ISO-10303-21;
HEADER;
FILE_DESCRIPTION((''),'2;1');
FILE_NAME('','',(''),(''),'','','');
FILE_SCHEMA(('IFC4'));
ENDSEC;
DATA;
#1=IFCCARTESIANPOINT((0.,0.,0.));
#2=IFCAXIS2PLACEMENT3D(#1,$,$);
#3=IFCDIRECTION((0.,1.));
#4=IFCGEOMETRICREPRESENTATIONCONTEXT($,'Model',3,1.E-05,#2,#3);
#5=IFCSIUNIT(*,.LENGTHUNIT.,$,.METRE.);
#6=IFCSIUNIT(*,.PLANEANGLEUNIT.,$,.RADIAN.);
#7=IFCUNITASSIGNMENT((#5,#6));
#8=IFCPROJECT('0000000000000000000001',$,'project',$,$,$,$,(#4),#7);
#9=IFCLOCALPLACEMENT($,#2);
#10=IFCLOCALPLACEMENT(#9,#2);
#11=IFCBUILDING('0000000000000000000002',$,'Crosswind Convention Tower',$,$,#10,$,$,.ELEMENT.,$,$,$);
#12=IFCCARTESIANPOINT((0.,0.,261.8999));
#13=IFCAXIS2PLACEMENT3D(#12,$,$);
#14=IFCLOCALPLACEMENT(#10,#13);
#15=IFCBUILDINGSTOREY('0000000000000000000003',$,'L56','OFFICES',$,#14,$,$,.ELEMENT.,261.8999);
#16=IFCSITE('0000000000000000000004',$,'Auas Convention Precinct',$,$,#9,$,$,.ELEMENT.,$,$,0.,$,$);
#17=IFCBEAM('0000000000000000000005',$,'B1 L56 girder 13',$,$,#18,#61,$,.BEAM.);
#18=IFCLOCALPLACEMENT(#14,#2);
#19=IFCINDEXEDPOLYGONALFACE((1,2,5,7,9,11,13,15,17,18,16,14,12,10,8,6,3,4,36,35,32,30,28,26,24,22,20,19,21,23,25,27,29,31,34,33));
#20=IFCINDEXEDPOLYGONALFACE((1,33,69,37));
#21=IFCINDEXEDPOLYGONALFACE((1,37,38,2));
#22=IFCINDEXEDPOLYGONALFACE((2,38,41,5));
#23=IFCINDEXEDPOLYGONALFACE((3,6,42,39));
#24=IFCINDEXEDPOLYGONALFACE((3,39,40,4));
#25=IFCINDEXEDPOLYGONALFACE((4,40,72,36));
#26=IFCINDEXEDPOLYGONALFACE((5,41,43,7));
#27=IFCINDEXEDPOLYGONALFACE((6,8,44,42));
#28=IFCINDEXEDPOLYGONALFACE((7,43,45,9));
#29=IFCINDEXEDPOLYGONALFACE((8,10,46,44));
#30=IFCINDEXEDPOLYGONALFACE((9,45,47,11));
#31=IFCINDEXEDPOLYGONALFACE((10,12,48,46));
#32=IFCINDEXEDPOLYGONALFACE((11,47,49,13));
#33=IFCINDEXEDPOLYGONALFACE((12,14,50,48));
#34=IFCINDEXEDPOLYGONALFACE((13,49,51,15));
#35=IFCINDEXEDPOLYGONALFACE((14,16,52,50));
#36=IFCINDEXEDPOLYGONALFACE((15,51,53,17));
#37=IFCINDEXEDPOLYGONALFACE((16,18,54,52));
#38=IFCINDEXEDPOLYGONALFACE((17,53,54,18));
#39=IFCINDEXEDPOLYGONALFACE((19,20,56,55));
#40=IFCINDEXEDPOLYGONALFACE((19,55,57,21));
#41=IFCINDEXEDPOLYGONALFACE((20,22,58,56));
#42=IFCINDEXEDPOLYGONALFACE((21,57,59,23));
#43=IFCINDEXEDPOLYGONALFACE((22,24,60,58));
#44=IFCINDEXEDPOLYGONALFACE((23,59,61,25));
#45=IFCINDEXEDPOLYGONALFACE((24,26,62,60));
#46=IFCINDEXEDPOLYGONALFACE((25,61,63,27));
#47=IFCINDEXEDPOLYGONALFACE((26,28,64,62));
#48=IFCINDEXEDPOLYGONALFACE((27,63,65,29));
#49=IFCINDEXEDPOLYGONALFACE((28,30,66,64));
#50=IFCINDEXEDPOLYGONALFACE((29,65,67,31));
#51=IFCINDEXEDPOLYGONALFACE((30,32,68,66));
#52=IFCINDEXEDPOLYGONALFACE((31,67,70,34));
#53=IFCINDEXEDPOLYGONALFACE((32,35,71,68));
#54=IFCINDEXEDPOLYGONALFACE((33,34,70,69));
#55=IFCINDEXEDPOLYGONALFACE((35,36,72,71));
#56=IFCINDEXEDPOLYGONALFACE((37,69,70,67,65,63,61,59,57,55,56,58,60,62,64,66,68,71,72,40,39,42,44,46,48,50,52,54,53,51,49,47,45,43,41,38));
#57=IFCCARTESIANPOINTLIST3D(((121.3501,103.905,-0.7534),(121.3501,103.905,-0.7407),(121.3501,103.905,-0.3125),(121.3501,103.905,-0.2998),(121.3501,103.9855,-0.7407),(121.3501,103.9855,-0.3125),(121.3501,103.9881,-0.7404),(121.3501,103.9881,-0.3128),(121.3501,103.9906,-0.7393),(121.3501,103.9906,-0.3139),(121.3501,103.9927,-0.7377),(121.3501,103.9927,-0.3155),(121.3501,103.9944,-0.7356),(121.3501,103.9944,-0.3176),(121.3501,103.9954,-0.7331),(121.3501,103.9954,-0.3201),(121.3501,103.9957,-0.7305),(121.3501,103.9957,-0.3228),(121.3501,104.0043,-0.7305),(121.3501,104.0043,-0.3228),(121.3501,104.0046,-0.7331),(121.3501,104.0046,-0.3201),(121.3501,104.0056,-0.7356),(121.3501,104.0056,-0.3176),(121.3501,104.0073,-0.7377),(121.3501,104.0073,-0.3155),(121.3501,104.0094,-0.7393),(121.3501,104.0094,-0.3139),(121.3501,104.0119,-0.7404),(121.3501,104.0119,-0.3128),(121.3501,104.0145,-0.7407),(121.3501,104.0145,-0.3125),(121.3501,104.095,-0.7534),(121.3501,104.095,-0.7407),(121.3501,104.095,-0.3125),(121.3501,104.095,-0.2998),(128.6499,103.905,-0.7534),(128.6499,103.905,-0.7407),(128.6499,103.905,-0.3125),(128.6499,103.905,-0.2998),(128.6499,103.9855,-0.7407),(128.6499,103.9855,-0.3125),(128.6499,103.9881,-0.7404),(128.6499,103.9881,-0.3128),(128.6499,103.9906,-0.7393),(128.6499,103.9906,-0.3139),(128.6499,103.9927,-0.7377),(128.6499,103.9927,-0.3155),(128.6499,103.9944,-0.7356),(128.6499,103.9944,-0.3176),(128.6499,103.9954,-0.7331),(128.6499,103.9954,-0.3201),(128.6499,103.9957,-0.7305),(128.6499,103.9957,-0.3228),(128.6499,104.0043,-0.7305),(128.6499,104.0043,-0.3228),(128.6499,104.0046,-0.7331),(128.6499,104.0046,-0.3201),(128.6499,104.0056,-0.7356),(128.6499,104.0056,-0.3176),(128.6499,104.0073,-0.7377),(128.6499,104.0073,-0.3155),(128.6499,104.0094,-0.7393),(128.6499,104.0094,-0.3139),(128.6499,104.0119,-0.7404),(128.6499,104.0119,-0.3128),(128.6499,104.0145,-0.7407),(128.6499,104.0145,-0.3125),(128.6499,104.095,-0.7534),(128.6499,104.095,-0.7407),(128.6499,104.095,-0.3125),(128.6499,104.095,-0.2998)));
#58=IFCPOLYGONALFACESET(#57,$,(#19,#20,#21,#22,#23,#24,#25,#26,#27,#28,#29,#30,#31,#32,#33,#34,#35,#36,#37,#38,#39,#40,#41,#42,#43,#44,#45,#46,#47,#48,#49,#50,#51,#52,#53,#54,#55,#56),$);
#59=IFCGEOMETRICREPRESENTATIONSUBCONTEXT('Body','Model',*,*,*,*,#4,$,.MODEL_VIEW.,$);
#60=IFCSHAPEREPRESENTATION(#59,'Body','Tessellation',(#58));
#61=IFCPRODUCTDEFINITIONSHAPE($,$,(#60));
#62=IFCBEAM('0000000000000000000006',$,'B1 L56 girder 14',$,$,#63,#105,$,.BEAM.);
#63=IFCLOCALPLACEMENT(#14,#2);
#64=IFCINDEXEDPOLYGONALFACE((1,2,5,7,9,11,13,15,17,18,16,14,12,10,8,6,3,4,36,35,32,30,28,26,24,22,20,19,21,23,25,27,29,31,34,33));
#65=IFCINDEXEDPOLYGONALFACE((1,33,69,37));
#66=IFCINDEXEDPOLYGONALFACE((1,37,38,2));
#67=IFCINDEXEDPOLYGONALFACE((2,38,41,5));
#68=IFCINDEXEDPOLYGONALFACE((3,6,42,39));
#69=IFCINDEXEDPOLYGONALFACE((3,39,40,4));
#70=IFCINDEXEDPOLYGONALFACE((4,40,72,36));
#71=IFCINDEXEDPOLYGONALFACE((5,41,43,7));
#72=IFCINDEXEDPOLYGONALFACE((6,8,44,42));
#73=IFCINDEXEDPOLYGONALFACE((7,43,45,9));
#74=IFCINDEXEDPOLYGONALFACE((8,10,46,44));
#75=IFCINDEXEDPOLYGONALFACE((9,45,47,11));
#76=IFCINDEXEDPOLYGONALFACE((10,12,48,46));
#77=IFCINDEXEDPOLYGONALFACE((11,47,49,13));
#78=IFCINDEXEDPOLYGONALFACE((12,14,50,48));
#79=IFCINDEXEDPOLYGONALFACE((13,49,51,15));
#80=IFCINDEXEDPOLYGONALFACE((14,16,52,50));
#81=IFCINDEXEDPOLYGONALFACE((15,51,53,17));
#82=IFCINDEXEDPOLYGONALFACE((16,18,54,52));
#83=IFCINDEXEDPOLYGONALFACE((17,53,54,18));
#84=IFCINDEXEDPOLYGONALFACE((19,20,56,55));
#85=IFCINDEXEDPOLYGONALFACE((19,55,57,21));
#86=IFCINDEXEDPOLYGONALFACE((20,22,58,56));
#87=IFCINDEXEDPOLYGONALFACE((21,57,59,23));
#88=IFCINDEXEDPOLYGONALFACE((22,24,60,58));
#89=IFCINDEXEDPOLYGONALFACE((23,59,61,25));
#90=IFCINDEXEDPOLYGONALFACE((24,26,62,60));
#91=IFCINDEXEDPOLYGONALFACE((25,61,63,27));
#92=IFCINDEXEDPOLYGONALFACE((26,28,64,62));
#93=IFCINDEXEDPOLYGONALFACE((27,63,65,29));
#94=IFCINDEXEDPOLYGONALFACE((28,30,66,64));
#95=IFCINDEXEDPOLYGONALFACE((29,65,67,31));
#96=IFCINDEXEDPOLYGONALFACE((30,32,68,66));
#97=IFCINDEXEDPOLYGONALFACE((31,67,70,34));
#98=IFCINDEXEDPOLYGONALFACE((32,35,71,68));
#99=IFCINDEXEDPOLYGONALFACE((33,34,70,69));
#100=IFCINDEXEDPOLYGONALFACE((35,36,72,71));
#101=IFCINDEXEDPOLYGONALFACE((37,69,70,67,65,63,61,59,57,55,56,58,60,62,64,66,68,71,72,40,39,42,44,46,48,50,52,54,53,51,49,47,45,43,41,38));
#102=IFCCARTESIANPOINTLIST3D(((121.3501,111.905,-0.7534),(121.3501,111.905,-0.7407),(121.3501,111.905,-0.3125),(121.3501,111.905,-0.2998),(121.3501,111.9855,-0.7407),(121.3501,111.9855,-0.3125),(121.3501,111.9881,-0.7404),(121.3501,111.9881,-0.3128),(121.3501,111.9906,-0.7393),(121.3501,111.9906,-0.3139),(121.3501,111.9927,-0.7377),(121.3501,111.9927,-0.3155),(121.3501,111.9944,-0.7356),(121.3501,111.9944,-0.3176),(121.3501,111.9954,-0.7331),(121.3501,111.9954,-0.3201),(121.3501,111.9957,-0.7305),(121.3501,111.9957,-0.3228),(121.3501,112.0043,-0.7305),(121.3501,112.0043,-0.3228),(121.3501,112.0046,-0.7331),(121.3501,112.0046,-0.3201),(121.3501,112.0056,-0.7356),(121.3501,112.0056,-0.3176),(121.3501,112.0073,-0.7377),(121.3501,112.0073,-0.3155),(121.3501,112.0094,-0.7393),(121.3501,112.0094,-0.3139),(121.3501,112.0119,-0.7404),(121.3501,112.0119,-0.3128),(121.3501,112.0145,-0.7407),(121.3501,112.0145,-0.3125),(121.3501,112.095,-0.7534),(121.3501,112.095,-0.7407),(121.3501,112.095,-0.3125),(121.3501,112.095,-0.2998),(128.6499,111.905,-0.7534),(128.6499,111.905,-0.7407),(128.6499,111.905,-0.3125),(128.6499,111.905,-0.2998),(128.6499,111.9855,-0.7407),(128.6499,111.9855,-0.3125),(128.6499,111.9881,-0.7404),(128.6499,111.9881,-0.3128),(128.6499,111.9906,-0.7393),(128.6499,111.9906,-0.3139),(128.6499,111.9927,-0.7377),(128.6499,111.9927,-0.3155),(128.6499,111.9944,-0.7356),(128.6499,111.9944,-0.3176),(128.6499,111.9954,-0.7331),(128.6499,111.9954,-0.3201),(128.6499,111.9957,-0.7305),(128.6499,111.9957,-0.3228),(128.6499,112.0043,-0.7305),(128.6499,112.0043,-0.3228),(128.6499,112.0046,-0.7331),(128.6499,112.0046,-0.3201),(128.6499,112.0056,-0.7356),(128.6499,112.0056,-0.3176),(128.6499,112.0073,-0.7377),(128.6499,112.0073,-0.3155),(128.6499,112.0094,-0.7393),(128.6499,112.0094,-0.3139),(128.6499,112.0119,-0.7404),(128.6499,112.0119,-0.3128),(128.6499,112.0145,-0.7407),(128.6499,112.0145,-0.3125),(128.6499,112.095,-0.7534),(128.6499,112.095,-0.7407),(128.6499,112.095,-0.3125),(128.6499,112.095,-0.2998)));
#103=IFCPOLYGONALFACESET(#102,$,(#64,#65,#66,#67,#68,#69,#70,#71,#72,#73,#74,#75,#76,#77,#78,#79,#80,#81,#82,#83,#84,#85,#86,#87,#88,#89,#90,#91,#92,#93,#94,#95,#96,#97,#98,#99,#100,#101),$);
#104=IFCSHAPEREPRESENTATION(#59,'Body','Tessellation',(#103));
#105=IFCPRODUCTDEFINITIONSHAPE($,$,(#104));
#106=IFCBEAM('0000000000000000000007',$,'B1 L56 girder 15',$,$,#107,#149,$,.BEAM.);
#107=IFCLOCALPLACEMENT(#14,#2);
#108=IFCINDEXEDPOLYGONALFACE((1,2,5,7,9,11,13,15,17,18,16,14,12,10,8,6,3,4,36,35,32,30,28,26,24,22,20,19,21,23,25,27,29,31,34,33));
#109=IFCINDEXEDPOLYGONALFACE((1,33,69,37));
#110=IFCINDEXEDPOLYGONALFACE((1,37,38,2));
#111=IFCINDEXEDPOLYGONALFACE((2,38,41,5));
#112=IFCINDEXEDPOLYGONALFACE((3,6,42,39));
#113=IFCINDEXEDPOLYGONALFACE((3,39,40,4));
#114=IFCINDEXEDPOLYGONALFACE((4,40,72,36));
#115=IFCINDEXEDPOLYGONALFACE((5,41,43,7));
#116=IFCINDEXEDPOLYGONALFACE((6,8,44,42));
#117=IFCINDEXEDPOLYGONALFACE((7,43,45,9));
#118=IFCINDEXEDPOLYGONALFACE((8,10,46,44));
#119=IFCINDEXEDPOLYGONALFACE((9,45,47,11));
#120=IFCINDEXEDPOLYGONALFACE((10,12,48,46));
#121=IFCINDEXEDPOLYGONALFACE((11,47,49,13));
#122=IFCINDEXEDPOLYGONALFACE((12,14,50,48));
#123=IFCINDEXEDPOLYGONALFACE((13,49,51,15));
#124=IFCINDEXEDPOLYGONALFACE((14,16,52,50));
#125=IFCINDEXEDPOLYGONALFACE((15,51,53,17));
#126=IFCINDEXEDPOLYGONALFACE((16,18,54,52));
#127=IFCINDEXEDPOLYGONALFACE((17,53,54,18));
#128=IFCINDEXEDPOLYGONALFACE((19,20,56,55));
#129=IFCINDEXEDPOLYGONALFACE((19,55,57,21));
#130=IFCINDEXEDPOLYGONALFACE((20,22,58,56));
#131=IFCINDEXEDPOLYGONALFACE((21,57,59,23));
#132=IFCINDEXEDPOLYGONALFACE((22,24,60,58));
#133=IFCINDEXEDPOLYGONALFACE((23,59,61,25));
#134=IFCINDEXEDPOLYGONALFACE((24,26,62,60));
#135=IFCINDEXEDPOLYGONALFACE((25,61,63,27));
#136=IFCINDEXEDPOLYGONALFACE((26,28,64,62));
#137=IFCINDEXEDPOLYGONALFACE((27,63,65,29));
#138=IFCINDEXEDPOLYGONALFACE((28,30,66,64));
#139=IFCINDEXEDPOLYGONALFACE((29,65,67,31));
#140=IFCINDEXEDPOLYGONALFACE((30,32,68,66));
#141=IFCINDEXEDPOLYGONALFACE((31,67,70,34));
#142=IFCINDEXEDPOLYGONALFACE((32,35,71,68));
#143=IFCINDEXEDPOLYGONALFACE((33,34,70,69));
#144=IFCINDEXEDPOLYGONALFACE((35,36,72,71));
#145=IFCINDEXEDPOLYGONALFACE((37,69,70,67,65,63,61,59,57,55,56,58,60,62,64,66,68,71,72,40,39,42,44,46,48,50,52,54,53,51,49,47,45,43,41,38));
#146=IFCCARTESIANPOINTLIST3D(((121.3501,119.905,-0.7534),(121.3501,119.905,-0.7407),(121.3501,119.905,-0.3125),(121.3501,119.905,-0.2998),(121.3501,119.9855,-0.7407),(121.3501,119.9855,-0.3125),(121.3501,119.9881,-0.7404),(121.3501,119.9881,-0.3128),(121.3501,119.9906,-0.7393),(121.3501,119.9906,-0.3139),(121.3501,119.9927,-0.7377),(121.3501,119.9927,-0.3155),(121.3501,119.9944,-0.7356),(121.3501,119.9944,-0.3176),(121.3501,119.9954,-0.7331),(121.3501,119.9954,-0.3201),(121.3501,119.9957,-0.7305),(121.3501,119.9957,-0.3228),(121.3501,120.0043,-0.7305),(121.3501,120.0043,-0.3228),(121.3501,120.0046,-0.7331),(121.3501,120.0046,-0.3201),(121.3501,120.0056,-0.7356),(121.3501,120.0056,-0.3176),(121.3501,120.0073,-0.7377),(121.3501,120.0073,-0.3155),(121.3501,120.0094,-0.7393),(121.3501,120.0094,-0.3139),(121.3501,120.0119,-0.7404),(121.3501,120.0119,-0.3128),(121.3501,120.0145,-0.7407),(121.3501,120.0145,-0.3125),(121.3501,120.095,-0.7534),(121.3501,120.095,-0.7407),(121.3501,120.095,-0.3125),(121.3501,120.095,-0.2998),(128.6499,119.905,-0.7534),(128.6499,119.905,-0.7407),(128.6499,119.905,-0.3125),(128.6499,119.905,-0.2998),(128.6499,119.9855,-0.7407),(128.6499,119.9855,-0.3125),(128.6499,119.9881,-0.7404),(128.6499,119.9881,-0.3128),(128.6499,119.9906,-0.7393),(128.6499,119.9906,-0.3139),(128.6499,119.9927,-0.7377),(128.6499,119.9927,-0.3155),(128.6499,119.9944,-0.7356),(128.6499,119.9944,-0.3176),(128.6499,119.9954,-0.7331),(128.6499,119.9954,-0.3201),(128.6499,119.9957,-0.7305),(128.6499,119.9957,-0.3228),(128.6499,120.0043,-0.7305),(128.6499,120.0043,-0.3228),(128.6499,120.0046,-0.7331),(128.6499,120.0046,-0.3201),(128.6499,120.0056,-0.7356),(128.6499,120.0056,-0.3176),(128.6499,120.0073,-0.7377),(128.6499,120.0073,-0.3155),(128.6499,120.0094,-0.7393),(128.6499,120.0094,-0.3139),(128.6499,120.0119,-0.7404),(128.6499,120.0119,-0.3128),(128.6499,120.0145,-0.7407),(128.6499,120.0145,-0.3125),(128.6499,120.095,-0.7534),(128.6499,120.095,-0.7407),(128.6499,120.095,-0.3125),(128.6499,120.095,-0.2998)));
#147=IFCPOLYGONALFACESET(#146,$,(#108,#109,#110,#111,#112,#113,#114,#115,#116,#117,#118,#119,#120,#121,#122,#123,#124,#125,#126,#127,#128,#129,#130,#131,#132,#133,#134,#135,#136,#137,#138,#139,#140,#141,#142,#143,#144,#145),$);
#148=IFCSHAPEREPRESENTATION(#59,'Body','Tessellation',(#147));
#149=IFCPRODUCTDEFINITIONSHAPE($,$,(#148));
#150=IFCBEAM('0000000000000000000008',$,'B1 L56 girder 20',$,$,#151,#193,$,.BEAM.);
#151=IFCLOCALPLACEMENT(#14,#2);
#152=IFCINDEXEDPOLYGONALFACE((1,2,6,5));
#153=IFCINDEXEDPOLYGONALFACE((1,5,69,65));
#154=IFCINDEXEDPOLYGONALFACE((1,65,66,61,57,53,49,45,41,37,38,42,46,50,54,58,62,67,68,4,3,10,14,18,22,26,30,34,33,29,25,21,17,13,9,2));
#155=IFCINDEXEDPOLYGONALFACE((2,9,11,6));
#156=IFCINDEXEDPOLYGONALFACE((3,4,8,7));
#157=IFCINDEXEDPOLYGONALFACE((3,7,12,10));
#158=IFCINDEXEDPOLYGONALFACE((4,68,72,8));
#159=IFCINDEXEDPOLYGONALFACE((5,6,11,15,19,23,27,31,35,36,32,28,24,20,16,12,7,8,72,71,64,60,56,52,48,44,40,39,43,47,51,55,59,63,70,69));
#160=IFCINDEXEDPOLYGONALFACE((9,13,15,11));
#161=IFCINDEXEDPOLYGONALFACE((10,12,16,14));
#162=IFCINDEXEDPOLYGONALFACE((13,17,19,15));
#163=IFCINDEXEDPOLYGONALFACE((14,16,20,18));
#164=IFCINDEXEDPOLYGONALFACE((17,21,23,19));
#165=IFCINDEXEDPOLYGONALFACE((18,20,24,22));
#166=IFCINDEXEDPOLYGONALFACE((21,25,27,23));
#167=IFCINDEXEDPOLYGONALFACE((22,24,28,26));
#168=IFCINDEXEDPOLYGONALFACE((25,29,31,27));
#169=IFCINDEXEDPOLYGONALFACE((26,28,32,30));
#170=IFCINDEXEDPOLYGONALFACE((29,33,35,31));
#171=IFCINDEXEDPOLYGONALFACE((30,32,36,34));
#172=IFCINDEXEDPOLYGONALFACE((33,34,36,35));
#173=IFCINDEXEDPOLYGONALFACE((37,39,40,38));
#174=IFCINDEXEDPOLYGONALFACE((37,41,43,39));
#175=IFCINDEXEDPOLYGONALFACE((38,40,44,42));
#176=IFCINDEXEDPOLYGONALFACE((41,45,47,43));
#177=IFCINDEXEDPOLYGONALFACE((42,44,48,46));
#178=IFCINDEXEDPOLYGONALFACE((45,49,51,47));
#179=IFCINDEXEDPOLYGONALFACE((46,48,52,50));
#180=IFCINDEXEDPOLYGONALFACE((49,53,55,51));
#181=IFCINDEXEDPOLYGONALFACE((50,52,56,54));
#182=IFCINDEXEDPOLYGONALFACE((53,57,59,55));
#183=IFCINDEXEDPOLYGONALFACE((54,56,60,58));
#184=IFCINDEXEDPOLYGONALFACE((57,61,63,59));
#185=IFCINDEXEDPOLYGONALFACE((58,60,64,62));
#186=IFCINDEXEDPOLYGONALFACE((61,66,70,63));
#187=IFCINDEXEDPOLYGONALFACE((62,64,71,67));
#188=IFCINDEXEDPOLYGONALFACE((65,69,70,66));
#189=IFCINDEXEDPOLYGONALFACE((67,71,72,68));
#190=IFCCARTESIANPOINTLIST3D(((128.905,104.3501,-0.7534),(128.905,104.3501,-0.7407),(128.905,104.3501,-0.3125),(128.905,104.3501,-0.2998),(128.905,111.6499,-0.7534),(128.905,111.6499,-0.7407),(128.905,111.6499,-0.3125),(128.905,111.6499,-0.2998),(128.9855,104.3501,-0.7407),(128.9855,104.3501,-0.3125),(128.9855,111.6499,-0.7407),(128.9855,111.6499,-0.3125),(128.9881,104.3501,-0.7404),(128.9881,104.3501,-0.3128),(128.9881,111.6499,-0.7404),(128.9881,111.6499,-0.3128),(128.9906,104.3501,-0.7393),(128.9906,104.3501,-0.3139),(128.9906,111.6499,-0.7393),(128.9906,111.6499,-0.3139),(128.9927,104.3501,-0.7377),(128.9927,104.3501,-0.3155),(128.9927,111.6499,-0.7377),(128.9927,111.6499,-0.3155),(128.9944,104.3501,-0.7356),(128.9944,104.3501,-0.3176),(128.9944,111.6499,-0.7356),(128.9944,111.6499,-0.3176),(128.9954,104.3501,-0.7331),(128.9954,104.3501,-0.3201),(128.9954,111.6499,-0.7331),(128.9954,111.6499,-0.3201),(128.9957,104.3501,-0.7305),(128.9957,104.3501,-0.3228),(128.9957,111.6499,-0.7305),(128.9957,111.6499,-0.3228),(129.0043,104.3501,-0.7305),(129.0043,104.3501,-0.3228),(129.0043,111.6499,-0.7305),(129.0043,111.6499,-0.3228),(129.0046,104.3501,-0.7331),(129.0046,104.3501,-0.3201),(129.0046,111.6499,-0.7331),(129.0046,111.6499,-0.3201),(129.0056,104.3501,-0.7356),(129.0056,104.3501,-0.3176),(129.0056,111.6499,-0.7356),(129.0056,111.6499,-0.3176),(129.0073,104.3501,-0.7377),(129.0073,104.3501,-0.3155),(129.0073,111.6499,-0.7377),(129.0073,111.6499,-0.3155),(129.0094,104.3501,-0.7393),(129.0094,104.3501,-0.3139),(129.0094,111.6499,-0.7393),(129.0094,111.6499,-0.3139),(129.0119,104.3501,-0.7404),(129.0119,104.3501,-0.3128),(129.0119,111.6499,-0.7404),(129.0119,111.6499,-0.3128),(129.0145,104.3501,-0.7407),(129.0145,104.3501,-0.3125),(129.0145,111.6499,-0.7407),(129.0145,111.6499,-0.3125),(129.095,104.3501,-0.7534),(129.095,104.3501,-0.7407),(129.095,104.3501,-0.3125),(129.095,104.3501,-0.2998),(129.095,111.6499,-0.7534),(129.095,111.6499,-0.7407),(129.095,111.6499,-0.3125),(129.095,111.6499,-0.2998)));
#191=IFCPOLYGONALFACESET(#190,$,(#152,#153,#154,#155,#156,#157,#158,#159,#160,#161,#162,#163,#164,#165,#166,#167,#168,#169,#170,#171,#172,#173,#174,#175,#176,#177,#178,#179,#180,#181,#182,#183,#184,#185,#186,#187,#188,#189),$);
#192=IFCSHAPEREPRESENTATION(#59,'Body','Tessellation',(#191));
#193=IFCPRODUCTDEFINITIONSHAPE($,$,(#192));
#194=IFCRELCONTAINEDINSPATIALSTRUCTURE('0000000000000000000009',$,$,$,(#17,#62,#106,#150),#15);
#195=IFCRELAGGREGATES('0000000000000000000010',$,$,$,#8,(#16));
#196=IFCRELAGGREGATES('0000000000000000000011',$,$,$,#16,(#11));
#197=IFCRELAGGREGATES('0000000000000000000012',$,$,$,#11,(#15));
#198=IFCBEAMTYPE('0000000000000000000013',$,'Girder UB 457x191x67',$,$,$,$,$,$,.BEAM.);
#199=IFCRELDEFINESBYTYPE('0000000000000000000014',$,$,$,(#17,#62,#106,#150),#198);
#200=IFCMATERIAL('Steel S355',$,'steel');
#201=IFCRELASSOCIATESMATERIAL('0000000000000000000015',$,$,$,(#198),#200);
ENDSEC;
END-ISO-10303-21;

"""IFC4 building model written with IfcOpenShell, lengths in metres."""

from ifc_helpers import new_model, si_unit, direction, frame, origin, origin_2d, place, context, subcontext, project, spatial, i_section, extrude, material, material_profile, profile_set, type_object, element, save


model = new_model("IFC4")

# Units and contexts
model_context = context("Model", 3, precision=1e-05, world=origin(), true_north=direction((0.0, 1.0)))
body_context = subcontext(model_context, "Body", "Model", "MODEL_VIEW")
ifc_project = project(units=[si_unit("LENGTHUNIT", "METRE"), si_unit("PLANEANGLEUNIT", "RADIAN")], contexts=[model_context])

# Site, building, storey
site_placement = place(None, origin())
site = spatial("IfcSite", under=ifc_project, at=site_placement, Name="Auas Convention Precinct", CompositionType="ELEMENT", RefElevation=0.0)
building_placement = place(site_placement, origin())
building = spatial("IfcBuilding", under=site, at=building_placement, Name="Crosswind Convention Tower", CompositionType="ELEMENT")
storey_placement = place(building_placement, frame((0.0, 0.0, 261.8999)))
storey = spatial("IfcBuildingStorey", under=building, at=storey_placement, Name="L56", Description="OFFICES", CompositionType="ELEMENT", Elevation=261.8999)

# Beams
ifc_material_1 = material(Name="Steel S355", Category="steel")
ifc_material_profile_1 = material_profile(ifc_material_1, i_section(OverallWidth=0.1899, OverallDepth=0.4536, WebThickness=0.0085, FlangeThickness=0.0127, FilletRadius=0.0103, at=origin_2d()), Name="UB 457x191x67")
ifc_profile_set_1 = profile_set([ifc_material_profile_1], Name="Steel S355")
beam_type_1 = type_object("IfcBeamType", Name="Girder UB 457x191x67", PredefinedType="BEAM", material=ifc_profile_set_1)
for number, where, z_axis, x_axis, name in (
    (1, (121.3501, 104.0, -0.5266), (1.0, 0.0, 0.0), (0.0, 1.0, 0.0), "B1 L56 girder 13"),
    (2, (121.3501, 112.0, -0.5266), (1.0, 0.0, 0.0), (0.0, 1.0, 0.0), "B1 L56 girder 14"),
    (3, (121.3501, 120.0, -0.5266), (1.0, 0.0, 0.0), (0.0, 1.0, 0.0), "B1 L56 girder 15"),
    (4, (129.0, 104.3501, -0.5266), (0.0, 1.0, 0.0), (-1.0, 0.0, 0.0), "B1 L56 girder 20"),
):
    element("IfcBeam", number, at=place(storey_placement, frame(where, z_axis=z_axis, x_axis=x_axis)), inside=storey, type_object=beam_type_1, Name=name, PredefinedType="BEAM", context=body_context, shape_type="SweptSolid", body=[
        extrude(i_section(OverallWidth=0.1899, OverallDepth=0.4536, WebThickness=0.0085, FlangeThickness=0.0127, FilletRadius=0.0103, at=origin_2d()), origin(), (0.0, 0.0, 1.0), 7.2998),
    ])

save(model, "model.ifc")
